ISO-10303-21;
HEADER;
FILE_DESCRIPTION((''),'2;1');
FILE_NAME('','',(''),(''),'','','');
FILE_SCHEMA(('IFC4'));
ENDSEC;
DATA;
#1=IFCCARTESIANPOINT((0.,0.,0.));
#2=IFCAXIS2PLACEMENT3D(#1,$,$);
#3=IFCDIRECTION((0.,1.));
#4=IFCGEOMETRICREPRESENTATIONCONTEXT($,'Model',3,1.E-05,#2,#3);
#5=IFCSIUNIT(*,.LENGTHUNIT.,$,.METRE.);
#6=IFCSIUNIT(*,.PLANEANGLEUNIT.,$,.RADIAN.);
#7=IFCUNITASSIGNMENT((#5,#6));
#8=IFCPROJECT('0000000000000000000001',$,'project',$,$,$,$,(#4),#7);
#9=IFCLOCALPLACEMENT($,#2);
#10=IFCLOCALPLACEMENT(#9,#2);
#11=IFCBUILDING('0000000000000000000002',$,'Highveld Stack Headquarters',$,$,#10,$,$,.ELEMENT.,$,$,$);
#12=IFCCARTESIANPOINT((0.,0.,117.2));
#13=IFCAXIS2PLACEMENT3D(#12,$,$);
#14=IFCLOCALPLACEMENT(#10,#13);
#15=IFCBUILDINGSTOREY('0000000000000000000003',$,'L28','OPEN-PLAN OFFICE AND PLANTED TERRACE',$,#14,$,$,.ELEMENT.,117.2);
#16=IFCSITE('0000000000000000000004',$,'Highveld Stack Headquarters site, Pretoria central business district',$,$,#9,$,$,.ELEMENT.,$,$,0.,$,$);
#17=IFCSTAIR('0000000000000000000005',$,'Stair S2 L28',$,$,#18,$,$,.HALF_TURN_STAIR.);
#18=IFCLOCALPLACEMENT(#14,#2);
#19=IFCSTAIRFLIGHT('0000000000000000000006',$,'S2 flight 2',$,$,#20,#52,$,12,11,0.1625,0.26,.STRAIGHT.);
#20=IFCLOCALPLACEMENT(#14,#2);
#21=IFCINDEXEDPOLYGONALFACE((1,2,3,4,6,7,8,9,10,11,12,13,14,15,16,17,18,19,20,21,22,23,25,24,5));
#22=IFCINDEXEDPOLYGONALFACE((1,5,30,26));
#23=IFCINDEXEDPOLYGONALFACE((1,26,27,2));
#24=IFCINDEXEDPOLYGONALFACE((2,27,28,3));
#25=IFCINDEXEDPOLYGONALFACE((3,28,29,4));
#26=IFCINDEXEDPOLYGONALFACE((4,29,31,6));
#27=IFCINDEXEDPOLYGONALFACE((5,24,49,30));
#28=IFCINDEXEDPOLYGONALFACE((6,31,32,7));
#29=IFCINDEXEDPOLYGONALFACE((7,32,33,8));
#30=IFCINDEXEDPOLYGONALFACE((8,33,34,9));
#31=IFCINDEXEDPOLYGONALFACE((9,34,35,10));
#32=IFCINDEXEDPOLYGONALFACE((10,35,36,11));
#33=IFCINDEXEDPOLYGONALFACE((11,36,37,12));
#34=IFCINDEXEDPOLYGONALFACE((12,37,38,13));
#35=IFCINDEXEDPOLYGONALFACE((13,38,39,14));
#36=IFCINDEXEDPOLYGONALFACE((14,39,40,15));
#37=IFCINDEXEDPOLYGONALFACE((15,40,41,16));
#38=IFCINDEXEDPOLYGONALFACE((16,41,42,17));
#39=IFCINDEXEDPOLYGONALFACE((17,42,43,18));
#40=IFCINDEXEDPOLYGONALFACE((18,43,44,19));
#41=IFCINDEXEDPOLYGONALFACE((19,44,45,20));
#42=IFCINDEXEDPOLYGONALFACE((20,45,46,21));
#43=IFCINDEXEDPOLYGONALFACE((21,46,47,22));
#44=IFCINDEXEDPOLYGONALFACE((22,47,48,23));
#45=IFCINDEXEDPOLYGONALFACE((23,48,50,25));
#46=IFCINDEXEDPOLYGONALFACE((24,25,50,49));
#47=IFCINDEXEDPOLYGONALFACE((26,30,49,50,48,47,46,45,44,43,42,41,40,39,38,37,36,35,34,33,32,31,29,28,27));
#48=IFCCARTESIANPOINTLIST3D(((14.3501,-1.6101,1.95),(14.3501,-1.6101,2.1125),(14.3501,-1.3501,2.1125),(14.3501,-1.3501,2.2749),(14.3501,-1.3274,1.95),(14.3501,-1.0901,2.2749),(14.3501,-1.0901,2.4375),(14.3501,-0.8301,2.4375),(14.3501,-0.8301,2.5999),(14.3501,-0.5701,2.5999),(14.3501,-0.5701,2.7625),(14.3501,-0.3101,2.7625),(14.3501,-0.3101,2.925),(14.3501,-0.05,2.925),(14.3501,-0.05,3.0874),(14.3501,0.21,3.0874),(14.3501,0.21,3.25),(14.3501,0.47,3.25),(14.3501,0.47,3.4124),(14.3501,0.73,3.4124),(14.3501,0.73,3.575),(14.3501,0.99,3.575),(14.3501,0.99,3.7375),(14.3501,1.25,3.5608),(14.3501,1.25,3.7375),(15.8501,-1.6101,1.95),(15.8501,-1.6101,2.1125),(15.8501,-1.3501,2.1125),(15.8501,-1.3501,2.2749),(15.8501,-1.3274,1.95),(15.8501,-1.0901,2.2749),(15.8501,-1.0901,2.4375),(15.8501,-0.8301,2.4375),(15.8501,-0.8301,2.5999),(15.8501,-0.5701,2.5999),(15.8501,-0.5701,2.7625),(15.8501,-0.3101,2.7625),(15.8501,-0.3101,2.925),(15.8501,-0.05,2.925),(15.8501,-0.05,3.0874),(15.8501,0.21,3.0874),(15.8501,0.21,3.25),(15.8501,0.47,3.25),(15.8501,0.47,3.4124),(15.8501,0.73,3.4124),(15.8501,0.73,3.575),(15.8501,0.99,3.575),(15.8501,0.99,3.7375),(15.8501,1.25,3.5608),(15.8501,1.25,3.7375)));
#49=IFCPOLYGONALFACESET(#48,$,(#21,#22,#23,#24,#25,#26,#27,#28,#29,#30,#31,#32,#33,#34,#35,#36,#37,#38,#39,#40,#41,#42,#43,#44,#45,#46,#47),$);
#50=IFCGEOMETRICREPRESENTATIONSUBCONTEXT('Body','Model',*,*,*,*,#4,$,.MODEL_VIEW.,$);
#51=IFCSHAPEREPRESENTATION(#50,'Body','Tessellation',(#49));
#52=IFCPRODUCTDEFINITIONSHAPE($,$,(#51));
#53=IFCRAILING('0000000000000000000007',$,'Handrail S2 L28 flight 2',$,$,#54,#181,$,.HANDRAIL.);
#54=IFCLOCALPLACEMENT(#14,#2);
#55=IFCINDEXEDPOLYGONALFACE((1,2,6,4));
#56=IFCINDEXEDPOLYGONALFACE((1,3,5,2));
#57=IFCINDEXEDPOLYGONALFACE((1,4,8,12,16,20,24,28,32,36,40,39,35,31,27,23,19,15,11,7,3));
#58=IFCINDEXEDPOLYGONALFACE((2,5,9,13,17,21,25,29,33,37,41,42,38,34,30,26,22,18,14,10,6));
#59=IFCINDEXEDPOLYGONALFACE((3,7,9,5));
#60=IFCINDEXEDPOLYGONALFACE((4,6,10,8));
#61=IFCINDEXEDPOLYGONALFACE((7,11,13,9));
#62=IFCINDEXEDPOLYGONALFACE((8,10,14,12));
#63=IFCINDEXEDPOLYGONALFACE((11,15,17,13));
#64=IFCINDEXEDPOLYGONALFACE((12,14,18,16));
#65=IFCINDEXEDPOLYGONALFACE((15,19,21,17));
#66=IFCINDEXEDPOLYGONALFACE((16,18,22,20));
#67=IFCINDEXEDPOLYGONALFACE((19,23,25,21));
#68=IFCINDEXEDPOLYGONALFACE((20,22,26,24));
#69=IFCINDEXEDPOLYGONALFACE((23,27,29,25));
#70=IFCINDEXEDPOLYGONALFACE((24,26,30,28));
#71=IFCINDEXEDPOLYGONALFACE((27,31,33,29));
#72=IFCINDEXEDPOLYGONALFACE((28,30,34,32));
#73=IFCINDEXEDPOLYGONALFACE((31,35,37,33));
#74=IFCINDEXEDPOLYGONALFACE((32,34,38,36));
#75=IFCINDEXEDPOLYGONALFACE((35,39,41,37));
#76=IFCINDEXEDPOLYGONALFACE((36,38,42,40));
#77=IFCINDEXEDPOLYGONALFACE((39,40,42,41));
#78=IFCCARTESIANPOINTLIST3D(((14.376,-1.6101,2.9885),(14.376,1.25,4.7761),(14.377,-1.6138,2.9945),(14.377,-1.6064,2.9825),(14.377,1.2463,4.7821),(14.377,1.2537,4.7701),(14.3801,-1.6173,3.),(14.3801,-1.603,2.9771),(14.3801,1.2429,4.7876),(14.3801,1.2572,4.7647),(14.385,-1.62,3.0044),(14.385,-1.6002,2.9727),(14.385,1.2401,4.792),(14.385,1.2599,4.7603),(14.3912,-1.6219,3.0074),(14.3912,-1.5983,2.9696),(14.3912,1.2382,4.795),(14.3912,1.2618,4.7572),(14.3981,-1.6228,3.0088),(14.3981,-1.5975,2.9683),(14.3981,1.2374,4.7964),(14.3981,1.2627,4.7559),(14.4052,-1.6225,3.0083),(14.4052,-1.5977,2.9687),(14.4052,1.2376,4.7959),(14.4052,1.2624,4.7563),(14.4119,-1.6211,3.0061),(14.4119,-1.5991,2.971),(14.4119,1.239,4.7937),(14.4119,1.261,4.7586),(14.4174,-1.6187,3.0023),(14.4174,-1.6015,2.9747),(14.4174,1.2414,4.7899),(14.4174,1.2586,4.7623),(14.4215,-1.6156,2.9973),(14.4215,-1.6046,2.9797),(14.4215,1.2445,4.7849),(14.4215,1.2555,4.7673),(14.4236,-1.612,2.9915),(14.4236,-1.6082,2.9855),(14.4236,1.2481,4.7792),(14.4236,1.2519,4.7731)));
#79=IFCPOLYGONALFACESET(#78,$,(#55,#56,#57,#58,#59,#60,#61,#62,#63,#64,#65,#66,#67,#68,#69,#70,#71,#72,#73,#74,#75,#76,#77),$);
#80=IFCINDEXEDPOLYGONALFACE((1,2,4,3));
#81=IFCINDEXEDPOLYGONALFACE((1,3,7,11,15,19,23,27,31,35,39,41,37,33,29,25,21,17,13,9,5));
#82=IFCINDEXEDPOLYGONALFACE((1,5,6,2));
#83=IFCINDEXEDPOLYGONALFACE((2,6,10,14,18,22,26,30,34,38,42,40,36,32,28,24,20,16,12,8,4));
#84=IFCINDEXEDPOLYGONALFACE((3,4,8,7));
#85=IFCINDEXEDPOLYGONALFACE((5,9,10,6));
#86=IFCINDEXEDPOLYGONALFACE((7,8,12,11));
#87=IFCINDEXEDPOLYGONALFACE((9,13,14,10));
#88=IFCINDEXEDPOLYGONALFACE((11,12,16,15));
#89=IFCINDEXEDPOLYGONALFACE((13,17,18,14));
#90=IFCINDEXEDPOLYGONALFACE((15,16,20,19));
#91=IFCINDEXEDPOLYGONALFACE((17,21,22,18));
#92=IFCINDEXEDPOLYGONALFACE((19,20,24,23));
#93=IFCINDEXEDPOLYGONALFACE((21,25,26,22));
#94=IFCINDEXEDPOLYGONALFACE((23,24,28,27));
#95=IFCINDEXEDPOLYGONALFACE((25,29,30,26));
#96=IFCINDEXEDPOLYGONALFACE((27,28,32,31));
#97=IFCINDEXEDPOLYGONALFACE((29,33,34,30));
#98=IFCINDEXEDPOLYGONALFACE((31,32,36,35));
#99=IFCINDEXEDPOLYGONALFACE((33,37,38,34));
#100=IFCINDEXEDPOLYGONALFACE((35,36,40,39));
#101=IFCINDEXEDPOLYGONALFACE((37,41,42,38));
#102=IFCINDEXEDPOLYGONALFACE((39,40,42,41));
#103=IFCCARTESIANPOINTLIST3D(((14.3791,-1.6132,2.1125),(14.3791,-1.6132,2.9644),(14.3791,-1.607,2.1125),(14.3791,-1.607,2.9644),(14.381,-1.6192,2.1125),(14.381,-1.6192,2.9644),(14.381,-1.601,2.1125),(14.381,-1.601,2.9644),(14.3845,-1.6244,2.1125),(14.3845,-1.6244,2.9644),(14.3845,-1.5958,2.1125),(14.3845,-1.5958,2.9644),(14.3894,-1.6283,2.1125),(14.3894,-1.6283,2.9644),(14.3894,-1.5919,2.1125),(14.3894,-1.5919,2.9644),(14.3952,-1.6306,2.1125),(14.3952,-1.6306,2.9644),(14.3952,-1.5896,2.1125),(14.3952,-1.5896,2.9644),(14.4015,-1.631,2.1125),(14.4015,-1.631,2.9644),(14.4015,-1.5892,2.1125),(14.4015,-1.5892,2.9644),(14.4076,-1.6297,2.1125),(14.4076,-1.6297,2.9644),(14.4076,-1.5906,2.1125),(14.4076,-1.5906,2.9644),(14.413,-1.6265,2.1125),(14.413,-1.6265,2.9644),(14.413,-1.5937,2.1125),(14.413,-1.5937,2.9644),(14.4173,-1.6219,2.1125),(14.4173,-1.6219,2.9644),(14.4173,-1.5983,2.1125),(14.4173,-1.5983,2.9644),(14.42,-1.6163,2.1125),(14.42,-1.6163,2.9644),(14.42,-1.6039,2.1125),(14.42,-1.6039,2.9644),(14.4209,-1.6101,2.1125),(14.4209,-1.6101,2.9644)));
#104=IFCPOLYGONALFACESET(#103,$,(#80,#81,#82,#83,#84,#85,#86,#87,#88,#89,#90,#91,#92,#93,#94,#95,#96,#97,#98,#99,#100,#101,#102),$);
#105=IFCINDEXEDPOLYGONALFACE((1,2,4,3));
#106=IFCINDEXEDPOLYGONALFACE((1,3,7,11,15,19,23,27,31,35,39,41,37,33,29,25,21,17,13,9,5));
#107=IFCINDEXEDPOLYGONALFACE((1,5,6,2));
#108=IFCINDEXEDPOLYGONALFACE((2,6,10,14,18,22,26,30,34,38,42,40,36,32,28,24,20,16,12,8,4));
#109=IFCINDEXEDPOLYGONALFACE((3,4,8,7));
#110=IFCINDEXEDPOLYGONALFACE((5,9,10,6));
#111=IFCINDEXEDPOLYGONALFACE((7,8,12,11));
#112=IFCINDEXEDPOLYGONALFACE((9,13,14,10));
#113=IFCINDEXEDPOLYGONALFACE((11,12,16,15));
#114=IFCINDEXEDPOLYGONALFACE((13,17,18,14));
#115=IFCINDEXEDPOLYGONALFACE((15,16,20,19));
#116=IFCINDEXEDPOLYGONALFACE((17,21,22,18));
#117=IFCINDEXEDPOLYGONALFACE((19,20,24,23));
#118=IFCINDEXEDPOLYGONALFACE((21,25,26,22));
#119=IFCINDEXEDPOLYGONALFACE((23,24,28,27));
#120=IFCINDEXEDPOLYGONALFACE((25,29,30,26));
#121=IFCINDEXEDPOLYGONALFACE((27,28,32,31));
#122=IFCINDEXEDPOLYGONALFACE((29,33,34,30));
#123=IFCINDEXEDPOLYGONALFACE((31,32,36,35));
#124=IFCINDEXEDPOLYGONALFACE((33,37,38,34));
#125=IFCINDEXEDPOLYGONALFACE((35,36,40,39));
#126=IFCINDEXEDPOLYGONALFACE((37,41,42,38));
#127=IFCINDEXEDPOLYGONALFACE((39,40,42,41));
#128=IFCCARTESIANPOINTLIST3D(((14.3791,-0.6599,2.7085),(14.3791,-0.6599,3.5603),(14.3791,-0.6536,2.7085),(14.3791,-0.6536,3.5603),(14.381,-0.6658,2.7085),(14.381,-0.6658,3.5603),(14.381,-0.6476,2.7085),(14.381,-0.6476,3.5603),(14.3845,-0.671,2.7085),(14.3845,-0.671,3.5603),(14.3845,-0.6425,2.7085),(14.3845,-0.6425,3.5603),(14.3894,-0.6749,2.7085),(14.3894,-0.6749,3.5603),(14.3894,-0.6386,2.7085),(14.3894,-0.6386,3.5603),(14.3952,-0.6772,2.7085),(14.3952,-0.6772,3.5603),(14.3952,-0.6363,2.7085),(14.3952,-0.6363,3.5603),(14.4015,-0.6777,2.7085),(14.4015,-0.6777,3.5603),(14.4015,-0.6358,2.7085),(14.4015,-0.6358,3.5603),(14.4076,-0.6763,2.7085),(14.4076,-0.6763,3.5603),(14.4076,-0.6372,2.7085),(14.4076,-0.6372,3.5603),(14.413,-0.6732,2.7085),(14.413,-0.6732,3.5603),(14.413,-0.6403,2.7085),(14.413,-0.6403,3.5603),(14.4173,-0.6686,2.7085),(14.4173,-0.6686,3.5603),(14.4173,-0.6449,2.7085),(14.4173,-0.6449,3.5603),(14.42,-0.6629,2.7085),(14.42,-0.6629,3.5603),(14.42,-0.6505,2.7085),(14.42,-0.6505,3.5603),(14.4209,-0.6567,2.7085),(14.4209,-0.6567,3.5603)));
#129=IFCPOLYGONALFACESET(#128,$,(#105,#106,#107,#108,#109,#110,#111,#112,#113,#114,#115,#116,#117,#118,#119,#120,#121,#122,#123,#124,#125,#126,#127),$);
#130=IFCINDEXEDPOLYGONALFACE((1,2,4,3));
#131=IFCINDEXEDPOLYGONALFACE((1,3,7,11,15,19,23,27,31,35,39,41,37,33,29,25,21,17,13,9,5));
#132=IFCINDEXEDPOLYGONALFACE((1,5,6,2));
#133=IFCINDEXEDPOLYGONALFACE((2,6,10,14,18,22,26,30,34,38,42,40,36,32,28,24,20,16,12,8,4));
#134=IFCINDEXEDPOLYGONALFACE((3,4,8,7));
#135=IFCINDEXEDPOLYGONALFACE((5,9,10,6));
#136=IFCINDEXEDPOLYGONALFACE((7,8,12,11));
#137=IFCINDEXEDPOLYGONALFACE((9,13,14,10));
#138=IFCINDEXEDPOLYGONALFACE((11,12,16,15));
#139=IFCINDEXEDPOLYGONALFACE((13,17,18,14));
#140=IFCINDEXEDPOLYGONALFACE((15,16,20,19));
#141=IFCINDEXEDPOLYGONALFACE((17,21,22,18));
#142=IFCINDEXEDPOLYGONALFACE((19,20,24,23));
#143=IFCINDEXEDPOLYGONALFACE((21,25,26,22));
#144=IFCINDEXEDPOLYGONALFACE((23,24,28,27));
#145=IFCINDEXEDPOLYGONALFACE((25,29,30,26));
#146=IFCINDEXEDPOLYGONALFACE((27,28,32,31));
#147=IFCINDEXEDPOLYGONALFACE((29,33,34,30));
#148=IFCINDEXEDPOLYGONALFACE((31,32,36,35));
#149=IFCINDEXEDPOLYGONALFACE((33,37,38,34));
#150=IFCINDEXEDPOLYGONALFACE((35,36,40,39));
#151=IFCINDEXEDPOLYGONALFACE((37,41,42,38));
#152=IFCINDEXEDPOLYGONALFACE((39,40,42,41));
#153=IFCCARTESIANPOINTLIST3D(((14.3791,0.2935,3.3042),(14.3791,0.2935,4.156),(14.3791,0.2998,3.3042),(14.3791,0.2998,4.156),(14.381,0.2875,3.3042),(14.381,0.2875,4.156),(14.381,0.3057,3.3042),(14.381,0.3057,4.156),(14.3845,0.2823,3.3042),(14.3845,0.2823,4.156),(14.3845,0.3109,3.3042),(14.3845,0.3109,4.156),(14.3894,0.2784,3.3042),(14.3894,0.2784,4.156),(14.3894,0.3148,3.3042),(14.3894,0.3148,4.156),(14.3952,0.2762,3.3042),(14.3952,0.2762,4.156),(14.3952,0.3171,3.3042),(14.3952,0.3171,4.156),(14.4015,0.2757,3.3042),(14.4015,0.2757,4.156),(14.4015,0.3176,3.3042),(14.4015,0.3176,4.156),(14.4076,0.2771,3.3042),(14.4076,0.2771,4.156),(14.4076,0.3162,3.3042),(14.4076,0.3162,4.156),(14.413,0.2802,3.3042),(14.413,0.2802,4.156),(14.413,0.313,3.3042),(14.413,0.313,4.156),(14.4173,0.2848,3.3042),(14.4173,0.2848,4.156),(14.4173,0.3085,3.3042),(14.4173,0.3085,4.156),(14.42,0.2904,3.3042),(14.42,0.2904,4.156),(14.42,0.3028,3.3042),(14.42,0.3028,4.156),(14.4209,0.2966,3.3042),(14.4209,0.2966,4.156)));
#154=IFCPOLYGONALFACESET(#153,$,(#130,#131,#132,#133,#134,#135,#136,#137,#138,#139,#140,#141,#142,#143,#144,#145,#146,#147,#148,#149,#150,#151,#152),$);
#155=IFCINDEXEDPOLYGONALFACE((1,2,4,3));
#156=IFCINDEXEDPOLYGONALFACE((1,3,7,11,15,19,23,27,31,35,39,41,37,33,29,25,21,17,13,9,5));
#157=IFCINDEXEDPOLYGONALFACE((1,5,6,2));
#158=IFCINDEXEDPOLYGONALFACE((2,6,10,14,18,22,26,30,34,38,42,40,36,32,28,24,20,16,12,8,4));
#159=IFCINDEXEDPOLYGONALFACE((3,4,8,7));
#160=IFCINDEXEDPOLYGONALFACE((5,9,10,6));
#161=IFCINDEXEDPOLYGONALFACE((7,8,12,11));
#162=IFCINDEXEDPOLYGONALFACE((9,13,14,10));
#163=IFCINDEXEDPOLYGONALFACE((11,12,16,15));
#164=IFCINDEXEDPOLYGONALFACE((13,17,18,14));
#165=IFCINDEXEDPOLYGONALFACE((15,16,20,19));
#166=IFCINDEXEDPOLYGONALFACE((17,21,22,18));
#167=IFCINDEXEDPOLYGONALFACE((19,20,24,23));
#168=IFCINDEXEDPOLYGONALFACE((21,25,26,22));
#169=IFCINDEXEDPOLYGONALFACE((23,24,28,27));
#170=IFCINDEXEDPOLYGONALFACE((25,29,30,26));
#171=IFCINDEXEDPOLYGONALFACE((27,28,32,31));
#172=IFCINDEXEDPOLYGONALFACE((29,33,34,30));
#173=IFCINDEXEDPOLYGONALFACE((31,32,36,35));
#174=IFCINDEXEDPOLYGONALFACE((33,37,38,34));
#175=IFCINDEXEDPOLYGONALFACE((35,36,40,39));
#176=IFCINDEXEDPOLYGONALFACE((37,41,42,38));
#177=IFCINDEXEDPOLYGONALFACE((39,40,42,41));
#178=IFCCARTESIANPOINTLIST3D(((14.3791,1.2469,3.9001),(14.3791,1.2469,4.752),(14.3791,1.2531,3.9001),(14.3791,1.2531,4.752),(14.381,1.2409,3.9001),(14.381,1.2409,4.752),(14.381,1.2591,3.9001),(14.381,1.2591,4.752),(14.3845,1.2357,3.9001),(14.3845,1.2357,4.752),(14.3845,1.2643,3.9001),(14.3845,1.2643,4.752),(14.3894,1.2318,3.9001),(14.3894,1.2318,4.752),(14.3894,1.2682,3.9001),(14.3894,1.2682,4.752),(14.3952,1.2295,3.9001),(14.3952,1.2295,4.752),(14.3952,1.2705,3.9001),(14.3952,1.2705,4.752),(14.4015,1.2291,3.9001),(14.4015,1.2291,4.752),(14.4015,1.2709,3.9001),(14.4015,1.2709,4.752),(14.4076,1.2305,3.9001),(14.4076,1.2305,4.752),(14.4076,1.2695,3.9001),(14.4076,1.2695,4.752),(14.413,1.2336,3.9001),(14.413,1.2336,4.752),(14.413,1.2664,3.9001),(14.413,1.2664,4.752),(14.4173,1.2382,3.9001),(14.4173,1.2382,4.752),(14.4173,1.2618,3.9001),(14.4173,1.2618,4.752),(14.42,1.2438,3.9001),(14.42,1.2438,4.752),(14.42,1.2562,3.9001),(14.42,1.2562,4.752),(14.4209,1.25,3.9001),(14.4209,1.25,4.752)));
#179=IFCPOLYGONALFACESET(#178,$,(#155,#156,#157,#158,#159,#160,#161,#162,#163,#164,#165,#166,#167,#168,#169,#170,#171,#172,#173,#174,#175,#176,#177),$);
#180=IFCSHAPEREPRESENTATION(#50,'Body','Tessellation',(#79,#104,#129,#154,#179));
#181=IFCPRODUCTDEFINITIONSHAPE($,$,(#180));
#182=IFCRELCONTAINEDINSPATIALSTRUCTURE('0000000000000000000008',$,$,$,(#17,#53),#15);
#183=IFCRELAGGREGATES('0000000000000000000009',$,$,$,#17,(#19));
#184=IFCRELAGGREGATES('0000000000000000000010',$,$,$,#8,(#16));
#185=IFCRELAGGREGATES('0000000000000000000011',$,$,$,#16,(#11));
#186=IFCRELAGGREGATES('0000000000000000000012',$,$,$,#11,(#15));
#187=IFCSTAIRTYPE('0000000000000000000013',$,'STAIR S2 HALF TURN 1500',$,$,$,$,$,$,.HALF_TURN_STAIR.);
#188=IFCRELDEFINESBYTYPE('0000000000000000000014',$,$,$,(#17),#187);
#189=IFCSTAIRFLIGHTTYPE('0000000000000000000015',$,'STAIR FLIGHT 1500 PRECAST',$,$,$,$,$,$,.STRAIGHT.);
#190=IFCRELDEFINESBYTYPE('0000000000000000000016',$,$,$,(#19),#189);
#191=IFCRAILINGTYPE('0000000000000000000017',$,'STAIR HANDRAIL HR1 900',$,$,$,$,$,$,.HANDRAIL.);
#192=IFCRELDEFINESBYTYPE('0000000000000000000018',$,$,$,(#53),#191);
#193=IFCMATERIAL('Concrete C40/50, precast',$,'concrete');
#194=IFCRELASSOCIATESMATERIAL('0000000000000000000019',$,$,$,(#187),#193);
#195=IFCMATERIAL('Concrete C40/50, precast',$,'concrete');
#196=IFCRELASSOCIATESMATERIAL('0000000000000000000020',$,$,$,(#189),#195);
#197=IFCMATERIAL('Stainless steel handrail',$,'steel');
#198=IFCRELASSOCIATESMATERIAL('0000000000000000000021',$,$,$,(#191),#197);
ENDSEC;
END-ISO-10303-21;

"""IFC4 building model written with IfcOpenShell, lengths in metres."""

from ifc_helpers import new_model, si_unit, direction, frame, origin, origin_2d, place, context, subcontext, project, spatial, polyline, circle, outline, extrude, material, type_object, element, aggregate, save


model = new_model("IFC4")

# Units and contexts
model_context = context("Model", 3, precision=1e-05, world=origin(), true_north=direction((0.0, 1.0)))
body_context = subcontext(model_context, "Body", "Model", "MODEL_VIEW")
ifc_project = project(units=[si_unit("LENGTHUNIT", "METRE"), si_unit("PLANEANGLEUNIT", "RADIAN")], contexts=[model_context])

# Site, building, storey
site_placement = place(None, origin())
site = spatial("IfcSite", under=ifc_project, at=site_placement, Name="Highveld Stack Headquarters site, Pretoria central business district", CompositionType="ELEMENT", RefElevation=0.0)
building_placement = place(site_placement, origin())
building = spatial("IfcBuilding", under=site, at=building_placement, Name="Highveld Stack Headquarters", CompositionType="ELEMENT")
storey_placement = place(building_placement, frame((0.0, 0.0, 117.2)))
storey = spatial("IfcBuildingStorey", under=building, at=storey_placement, Name="L28", Description="OPEN-PLAN OFFICE AND PLANTED TERRACE", CompositionType="ELEMENT", Elevation=117.2)

# Stair, stair flight
ifc_material_1 = material(Name="Concrete C40/50, precast", Category="concrete")
stair_type_1 = type_object("IfcStairType", Name="STAIR S2 HALF TURN 1500", PredefinedType="HALF_TURN_STAIR", material=ifc_material_1)
stair_1_placement = place(storey_placement, origin())
stair_1 = element("IfcStair", 1, at=stair_1_placement, inside=storey, type_object=stair_type_1, Name="Stair S2 L28", PredefinedType="HALF_TURN_STAIR")
ifc_material_2 = material(Name="Concrete C40/50, precast", Category="concrete")
stair_flight_type = type_object("IfcStairFlightType", Name="STAIR FLIGHT 1500 PRECAST", PredefinedType="STRAIGHT", material=ifc_material_2)
stair_flight_placement = place(storey_placement, frame((15.1001, -1.6101, 1.95), z_axis=(0.0, 0.0, 1.0), x_axis=(0.0, 1.0, 0.0)))
stair_flight = element("IfcStairFlight", 2, at=stair_flight_placement, type_object=stair_flight_type, Name="S2 flight 2", NumberOfRisers=12, NumberOfTreads=11, PredefinedType="STRAIGHT", RiserHeight=0.1625, TreadLength=0.26, context=body_context, shape_type="SweptSolid", body=[
    extrude(outline(polyline([(0.0, 0.0), (0.0, 0.1626), (0.26, 0.1626), (0.26, 0.325), (0.52, 0.325), (0.52, 0.4875), (0.78, 0.4875), (0.78, 0.6499), (1.04, 0.6499), (1.04, 0.8125), (1.3, 0.8125), (1.3, 0.9751), (1.5601, 0.9751), (1.5601, 1.1375), (1.8201, 1.1375), (1.8201, 1.3), (2.0801, 1.3), (2.0801, 1.4624), (2.3401, 1.4624), (2.3401, 1.625), (2.6001, 1.625), (2.6001, 1.7876), (2.8601, 1.7876), (2.8601, 1.95), (2.8601, 1.6108), (0.2827, 0.0), (0.0, 0.0)])), frame((0.0, 0.75, 0.0), z_axis=(0.0, -1.0, 0.0), x_axis=(1.0, 0.0, 0.0)), (0.0, 0.0, 1.0), 1.5),
])
aggregate(stair_1, [stair_flight])

# Railing
ifc_material_3 = material(Name="Stainless steel handrail", Category="steel")
railing_type = type_object("IfcRailingType", Name="STAIR HANDRAIL HR1 900", PredefinedType="HANDRAIL", material=ifc_material_3)
for number, where, name in (
    (3, (14.3999, -1.6101, 2.1125), "Handrail S2 L28 flight 2"),
):
    element("IfcRailing", number, at=place(storey_placement, frame(where)), inside=storey, type_object=railing_type, Name=name, PredefinedType="HANDRAIL", context=body_context, shape_type="SweptSolid", body=[
        extrude(circle(Radius=0.0239, at=origin_2d()), frame((0.0, 0.0, 0.876), z_axis=(0.0, 0.847994, 0.530005), x_axis=(-1.0, 0.0, 0.0)), (0.0, 0.0, 1.0), 3.3728),
        extrude(circle(Radius=0.021, at=origin_2d()), origin(), (0.0, 0.0, 1.0), 0.8518),
        extrude(circle(Radius=0.021, at=origin_2d()), frame((0.0, 0.9534, 0.5959)), (0.0, 0.0, 1.0), 0.8518),
        extrude(circle(Radius=0.021, at=origin_2d()), frame((0.0, 1.9067, 1.1917)), (0.0, 0.0, 1.0), 0.8518),
        extrude(circle(Radius=0.021, at=origin_2d()), frame((0.0, 2.8601, 1.7876)), (0.0, 0.0, 1.0), 0.8518),
    ])

save(model, "model.ifc")
